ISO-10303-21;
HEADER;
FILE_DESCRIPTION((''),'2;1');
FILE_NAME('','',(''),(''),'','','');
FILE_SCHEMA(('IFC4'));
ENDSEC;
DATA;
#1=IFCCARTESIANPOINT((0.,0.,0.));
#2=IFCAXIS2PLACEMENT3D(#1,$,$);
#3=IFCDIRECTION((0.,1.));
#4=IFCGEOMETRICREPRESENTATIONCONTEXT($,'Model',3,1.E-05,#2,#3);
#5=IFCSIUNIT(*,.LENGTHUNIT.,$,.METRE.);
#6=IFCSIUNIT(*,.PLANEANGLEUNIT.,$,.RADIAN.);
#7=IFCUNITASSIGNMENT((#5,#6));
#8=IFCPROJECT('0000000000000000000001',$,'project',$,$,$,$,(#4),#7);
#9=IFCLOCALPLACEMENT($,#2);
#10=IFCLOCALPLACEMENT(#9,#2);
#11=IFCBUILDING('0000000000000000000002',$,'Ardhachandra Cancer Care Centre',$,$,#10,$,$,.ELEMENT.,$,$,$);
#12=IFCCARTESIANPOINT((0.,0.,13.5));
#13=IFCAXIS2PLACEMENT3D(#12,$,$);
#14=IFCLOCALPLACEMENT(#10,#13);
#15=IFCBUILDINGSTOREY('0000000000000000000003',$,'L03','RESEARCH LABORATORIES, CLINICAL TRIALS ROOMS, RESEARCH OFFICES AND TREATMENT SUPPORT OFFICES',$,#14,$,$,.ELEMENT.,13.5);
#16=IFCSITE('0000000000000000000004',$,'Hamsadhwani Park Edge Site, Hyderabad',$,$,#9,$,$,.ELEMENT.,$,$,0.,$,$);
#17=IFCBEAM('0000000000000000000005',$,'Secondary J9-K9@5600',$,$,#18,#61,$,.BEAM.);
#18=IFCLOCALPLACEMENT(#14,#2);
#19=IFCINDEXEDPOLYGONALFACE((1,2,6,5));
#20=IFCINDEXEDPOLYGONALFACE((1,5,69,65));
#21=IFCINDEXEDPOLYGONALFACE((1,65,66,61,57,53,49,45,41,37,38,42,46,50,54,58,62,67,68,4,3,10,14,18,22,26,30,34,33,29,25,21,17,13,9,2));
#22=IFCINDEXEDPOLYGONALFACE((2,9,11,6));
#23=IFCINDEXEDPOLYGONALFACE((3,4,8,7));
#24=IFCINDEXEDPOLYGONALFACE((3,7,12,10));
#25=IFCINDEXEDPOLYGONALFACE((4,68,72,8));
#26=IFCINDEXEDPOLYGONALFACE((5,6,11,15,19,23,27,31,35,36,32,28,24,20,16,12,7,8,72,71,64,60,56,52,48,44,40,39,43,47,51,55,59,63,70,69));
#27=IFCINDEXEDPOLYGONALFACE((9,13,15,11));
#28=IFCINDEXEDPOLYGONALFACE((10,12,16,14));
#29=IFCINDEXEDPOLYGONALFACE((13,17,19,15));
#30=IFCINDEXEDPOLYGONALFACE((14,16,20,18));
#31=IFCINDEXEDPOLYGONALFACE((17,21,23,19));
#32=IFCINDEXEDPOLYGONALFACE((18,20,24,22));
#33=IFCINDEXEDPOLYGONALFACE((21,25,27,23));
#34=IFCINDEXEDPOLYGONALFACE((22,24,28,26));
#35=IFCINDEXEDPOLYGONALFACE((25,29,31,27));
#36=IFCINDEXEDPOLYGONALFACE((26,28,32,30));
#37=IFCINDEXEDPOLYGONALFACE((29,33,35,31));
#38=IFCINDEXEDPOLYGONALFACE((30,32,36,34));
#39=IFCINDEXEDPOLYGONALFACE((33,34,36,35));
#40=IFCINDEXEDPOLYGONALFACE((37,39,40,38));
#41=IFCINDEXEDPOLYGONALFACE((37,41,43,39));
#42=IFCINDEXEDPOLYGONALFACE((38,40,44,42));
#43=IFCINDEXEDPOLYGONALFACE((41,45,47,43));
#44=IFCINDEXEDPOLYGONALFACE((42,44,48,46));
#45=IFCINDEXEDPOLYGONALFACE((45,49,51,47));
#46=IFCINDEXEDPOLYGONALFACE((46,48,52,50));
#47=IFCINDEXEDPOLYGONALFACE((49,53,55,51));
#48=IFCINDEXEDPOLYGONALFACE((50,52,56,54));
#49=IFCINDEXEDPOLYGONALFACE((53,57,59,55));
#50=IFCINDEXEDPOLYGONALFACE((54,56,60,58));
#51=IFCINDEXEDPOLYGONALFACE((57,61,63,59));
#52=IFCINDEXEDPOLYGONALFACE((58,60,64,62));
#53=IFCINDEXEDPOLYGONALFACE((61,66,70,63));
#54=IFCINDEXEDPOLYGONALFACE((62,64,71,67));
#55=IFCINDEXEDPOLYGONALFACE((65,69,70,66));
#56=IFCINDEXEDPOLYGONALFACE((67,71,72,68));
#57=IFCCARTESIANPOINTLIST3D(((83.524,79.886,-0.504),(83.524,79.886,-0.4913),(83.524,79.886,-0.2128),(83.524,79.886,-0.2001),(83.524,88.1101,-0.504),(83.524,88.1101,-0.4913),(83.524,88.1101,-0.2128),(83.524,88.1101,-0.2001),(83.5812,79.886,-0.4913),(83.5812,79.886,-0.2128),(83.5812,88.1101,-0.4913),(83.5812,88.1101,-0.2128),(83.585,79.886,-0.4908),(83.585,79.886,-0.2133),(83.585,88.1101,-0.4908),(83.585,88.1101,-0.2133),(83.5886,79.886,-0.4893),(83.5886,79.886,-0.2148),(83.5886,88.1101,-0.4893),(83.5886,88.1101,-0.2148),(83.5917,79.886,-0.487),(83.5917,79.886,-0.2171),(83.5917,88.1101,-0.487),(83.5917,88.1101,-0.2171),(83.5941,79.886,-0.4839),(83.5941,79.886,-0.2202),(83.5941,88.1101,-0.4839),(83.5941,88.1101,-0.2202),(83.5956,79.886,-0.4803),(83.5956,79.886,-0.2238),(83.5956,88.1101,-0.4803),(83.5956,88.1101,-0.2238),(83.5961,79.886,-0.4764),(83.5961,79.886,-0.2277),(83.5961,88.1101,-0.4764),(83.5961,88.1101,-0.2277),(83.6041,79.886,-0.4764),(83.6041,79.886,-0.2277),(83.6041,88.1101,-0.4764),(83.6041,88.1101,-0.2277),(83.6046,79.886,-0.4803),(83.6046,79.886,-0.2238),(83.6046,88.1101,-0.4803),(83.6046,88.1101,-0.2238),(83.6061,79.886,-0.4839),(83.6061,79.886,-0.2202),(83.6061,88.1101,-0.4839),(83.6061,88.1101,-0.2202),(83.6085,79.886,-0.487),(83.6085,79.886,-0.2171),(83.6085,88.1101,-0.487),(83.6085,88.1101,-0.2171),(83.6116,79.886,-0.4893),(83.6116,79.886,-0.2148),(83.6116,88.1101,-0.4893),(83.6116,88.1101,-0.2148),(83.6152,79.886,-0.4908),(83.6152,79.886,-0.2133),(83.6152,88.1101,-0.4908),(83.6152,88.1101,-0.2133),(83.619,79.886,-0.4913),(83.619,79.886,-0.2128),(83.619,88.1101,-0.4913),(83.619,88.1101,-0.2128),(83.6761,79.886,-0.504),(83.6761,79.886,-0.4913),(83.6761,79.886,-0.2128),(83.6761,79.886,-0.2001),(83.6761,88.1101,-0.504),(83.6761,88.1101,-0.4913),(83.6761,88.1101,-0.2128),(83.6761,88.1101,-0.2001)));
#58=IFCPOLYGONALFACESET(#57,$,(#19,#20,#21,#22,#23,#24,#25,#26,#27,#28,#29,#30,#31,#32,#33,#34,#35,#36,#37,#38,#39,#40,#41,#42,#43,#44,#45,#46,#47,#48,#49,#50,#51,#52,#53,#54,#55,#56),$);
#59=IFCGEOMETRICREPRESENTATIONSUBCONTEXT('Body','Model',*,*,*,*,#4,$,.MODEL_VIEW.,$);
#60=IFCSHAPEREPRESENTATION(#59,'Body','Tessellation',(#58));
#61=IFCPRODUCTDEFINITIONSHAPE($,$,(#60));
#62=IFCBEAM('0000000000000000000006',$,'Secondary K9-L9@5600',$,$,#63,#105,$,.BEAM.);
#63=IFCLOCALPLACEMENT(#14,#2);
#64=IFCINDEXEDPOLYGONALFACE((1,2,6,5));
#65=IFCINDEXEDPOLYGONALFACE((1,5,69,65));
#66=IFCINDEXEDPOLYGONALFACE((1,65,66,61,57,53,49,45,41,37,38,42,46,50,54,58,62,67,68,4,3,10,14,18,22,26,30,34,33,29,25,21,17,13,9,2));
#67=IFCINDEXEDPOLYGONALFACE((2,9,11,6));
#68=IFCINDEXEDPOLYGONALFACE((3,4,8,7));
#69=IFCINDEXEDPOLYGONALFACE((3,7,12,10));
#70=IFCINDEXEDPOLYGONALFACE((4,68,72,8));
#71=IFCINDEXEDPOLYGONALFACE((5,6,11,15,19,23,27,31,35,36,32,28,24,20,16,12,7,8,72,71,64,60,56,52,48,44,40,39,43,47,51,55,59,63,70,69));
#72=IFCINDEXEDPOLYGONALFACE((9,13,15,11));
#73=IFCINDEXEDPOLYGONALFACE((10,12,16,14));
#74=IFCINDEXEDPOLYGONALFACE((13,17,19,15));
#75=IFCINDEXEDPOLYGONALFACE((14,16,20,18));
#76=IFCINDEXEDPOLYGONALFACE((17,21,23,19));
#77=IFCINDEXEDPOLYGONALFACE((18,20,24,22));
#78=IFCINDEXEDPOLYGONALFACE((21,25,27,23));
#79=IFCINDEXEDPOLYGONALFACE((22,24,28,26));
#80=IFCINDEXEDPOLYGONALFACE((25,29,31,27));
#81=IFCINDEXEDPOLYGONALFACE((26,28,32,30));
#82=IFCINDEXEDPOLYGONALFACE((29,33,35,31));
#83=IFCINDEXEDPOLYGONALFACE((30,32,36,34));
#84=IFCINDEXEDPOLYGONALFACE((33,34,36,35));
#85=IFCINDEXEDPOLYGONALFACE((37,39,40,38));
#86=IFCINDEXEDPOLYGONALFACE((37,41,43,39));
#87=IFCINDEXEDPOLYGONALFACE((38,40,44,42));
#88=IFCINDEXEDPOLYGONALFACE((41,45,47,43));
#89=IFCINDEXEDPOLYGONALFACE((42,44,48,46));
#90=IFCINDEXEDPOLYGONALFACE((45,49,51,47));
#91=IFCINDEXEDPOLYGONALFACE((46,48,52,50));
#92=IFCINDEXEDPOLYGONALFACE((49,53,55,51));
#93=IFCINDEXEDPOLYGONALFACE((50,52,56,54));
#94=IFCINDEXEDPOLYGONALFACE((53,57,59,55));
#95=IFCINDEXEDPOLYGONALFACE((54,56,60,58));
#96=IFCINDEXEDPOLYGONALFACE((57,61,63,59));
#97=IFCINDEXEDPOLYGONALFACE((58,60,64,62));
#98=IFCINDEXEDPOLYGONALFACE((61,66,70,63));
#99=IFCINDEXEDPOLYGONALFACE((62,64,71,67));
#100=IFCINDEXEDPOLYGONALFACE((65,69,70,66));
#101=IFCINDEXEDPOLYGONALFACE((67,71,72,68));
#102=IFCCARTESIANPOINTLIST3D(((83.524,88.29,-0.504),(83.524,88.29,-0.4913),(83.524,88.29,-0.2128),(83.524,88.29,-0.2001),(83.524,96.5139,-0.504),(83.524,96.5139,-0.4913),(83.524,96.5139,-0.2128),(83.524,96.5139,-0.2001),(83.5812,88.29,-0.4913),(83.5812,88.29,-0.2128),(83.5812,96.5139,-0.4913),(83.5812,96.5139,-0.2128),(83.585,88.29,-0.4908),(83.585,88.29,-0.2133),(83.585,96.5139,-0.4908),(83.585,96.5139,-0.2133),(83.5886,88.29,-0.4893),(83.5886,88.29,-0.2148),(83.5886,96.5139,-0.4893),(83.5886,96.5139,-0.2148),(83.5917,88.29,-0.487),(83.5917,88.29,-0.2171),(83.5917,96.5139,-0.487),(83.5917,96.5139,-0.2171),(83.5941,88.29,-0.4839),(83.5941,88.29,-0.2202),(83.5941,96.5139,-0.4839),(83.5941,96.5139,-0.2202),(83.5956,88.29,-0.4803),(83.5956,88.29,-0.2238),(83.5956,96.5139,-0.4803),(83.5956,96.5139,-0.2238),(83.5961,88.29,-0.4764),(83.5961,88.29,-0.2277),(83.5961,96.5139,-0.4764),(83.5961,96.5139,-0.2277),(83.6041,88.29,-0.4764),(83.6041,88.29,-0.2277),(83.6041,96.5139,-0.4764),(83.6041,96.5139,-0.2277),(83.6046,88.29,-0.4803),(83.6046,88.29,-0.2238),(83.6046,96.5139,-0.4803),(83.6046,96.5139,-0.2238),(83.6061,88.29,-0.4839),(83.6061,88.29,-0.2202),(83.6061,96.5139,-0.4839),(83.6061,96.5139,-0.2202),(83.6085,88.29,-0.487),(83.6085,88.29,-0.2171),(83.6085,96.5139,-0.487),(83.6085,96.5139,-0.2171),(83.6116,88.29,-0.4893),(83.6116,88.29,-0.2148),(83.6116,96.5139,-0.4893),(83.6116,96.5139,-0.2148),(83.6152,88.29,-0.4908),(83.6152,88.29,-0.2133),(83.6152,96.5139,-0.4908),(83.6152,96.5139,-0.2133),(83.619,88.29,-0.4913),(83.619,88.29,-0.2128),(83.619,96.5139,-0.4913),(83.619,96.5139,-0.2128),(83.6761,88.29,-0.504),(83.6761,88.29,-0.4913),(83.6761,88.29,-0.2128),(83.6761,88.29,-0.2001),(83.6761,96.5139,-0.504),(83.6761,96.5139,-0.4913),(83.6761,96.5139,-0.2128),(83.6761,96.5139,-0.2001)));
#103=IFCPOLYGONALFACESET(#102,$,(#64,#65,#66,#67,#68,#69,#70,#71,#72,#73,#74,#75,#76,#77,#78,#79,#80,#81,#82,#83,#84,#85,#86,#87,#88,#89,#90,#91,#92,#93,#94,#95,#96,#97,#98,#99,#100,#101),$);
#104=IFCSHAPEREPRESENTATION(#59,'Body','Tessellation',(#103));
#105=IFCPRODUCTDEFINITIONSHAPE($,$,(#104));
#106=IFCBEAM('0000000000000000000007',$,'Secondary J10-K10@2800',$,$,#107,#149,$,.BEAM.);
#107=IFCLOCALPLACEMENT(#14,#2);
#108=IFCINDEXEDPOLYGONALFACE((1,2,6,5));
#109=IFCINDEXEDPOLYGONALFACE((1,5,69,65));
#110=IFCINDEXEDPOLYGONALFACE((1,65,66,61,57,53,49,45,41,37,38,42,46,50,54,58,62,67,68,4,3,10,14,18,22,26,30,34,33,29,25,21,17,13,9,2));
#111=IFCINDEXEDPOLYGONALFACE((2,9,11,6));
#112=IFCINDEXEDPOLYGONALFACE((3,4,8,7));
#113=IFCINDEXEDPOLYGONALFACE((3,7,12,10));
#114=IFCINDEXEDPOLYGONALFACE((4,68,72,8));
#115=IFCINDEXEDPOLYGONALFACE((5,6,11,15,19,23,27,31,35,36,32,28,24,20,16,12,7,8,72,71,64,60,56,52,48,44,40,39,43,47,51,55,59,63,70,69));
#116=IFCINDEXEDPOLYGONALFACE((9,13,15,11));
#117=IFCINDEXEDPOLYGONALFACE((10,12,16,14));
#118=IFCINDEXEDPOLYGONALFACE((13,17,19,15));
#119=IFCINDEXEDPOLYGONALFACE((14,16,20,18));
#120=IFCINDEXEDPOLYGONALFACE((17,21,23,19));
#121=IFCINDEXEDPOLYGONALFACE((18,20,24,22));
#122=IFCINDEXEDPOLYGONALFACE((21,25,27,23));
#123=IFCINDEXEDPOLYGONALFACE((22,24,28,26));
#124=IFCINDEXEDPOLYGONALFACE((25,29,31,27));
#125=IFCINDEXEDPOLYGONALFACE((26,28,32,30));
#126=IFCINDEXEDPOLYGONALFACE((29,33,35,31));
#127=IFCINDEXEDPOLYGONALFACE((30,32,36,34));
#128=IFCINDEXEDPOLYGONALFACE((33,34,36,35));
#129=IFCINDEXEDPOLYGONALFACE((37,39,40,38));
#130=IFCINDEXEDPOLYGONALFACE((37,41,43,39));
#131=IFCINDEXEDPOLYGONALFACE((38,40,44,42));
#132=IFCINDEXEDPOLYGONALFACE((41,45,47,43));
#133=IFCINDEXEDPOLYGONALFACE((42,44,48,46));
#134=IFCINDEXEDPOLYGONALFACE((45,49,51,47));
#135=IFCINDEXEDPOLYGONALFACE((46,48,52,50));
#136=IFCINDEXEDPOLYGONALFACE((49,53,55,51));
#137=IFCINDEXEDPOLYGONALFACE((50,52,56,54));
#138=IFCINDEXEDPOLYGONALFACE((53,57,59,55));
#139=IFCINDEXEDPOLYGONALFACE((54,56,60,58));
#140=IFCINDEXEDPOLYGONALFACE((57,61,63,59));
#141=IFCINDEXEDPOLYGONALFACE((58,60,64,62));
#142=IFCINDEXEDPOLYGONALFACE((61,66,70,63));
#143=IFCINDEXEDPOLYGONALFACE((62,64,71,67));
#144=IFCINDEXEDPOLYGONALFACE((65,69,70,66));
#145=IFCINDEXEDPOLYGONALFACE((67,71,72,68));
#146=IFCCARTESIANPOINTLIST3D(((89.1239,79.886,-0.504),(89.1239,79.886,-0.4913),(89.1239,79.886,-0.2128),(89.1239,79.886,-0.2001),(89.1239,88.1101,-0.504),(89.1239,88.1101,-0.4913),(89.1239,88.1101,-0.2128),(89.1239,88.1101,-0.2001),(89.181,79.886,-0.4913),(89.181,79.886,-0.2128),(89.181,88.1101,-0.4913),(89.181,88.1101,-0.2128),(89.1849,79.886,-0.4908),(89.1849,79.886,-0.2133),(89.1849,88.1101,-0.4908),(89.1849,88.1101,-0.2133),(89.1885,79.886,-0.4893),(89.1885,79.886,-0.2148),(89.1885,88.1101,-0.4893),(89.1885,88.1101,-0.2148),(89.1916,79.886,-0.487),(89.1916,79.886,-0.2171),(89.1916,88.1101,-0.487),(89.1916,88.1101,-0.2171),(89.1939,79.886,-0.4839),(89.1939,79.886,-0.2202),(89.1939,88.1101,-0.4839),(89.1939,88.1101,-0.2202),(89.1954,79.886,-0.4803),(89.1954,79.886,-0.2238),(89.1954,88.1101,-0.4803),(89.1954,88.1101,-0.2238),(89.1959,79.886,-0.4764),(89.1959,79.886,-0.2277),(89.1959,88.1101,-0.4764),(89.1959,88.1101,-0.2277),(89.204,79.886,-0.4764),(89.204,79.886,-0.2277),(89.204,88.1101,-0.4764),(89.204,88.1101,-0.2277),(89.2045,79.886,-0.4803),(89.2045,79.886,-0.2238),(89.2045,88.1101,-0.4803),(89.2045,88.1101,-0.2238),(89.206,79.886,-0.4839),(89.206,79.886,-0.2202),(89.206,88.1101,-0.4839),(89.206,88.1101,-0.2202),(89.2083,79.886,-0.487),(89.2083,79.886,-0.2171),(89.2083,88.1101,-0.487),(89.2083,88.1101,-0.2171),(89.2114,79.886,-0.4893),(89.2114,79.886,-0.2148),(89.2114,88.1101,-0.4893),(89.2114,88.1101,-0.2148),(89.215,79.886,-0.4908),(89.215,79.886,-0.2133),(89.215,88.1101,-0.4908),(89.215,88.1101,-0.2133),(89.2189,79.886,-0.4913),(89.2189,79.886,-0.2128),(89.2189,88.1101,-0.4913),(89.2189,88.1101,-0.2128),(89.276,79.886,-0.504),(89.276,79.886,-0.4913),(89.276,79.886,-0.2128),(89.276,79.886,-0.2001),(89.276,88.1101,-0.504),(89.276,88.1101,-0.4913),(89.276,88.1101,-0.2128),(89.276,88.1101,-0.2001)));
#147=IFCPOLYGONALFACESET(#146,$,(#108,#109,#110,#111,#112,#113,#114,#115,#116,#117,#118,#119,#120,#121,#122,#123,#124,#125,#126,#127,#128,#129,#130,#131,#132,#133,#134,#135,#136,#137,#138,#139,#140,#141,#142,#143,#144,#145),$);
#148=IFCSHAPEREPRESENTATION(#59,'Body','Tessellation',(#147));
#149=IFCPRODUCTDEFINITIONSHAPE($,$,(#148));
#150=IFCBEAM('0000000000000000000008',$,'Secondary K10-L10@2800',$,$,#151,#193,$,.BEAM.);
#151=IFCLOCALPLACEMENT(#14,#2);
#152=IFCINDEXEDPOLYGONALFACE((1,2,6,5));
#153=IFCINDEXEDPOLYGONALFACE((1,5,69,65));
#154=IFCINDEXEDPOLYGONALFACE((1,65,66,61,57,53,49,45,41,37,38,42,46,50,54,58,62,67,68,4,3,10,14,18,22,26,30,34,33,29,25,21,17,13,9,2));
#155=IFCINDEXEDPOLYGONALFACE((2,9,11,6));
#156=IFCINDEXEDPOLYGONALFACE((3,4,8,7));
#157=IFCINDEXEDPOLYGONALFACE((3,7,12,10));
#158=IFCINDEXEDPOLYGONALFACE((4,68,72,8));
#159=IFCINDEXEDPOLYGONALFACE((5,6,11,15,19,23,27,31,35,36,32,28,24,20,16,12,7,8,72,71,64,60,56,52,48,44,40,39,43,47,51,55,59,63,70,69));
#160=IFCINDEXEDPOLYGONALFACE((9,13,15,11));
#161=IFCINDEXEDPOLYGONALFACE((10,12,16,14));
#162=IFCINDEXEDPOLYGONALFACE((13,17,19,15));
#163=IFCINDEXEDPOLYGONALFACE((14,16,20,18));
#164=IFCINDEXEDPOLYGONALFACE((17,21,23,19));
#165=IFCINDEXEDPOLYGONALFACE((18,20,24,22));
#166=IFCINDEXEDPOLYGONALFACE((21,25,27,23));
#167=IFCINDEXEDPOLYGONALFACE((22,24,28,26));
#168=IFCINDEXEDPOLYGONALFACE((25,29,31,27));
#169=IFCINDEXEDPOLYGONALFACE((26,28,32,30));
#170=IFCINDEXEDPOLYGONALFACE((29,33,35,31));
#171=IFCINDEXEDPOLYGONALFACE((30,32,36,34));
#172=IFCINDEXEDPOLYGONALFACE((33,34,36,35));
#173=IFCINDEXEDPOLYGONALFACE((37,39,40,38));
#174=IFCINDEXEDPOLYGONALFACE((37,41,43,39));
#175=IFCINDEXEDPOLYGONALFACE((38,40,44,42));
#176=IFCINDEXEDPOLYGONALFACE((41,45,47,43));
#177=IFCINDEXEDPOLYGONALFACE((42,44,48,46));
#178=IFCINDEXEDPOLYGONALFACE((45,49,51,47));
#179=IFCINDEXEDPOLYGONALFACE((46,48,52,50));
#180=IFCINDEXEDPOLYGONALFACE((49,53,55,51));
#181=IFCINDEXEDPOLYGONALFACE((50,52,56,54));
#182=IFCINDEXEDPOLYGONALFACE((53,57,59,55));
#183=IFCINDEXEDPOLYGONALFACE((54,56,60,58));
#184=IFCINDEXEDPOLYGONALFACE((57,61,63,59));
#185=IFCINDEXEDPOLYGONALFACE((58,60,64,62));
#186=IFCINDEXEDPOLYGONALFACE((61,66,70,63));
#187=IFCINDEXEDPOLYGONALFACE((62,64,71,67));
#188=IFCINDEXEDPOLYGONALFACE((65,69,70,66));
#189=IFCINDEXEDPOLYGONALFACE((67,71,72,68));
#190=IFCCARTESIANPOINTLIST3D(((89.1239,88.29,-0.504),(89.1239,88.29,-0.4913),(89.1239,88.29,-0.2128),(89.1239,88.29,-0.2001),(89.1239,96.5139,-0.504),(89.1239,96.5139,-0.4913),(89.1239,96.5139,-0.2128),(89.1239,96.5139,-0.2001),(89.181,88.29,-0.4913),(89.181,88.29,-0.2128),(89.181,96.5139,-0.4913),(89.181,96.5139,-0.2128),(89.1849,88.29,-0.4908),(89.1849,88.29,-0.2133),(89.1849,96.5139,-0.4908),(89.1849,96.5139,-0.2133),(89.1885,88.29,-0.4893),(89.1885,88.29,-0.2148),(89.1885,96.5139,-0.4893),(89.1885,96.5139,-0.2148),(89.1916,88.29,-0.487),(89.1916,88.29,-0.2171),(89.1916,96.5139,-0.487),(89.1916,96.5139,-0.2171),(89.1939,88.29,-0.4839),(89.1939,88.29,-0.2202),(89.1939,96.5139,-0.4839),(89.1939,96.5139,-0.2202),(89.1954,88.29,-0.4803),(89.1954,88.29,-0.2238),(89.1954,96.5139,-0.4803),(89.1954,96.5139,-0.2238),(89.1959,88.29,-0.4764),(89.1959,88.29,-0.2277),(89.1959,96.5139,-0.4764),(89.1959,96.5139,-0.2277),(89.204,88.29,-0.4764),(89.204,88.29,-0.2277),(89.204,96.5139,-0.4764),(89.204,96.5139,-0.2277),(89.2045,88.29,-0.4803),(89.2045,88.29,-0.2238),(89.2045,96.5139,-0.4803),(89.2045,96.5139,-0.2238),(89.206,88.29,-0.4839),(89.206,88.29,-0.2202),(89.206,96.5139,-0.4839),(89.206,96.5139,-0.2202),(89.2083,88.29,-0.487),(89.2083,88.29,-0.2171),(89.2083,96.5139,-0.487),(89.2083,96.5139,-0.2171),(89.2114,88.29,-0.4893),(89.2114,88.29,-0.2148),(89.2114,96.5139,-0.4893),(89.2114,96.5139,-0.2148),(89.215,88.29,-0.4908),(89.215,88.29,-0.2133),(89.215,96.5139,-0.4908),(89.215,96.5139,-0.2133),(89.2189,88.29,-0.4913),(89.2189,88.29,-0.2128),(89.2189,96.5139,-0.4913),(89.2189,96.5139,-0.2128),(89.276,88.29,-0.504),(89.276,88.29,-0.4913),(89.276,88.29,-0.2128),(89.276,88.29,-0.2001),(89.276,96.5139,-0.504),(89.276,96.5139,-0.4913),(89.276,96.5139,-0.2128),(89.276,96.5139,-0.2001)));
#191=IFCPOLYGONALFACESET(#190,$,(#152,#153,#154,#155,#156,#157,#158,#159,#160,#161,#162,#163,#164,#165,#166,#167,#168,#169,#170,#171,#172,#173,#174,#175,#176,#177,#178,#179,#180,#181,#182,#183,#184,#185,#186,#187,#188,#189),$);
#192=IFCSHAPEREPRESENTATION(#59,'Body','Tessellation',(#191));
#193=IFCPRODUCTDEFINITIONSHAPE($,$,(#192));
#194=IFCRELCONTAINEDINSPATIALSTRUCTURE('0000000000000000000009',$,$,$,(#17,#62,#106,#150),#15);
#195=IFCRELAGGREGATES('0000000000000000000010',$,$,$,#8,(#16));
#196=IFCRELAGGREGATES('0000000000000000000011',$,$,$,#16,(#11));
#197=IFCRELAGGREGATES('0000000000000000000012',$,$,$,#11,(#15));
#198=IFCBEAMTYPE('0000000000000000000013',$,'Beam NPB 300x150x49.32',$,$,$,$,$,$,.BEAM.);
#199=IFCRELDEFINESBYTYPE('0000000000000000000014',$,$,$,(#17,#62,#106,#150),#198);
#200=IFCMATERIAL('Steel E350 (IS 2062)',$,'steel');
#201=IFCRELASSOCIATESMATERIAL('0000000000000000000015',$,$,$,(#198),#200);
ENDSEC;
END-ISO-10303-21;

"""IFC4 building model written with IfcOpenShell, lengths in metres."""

from ifc_helpers import new_model, si_unit, direction, frame, origin, origin_2d, place, context, subcontext, project, spatial, i_section, extrude, material, material_profile, profile_set, type_object, element, save


model = new_model("IFC4")

# Units and contexts
model_context = context("Model", 3, precision=1e-05, world=origin(), true_north=direction((0.0, 1.0)))
body_context = subcontext(model_context, "Body", "Model", "MODEL_VIEW")
ifc_project = project(units=[si_unit("LENGTHUNIT", "METRE"), si_unit("PLANEANGLEUNIT", "RADIAN")], contexts=[model_context])

# Site, building, storey
site_placement = place(None, origin())
site = spatial("IfcSite", under=ifc_project, at=site_placement, Name="Hamsadhwani Park Edge Site, Hyderabad", CompositionType="ELEMENT", RefElevation=0.0)
building_placement = place(site_placement, origin())
building = spatial("IfcBuilding", under=site, at=building_placement, Name="Ardhachandra Cancer Care Centre", CompositionType="ELEMENT")
storey_placement = place(building_placement, frame((0.0, 0.0, 13.5)))
storey = spatial("IfcBuildingStorey", under=building, at=storey_placement, Name="L03", Description="RESEARCH LABORATORIES, CLINICAL TRIALS ROOMS, RESEARCH OFFICES AND TREATMENT SUPPORT OFFICES", CompositionType="ELEMENT", Elevation=13.5)

# Beams
ifc_material_1 = material(Name="Steel E350 (IS 2062)", Category="steel")
ifc_material_profile_1 = material_profile(ifc_material_1, i_section(OverallWidth=0.1521, OverallDepth=0.304, WebThickness=0.0081, FlangeThickness=0.0127, FilletRadius=0.0149, at=origin_2d()), Name="NPB 300x150x49.32")
ifc_profile_set_1 = profile_set([ifc_material_profile_1], Name="Steel E350 (IS 2062)")
beam_type_1 = type_object("IfcBeamType", Name="Beam NPB 300x150x49.32", PredefinedType="BEAM", material=ifc_profile_set_1)
beam_1_placement = place(storey_placement, frame((83.6001, 79.886, -0.3521), z_axis=(0.0, 1.0, 0.0), x_axis=(-1.0, 0.0, 0.0)))
element("IfcBeam", 1, at=beam_1_placement, inside=storey, type_object=beam_type_1, Name="Secondary J9-K9@5600", PredefinedType="BEAM", context=body_context, shape_type="SweptSolid", body=[
    extrude(i_section(OverallWidth=0.1521, OverallDepth=0.304, WebThickness=0.0081, FlangeThickness=0.0127, FilletRadius=0.0149, at=origin_2d()), origin(), (0.0, 0.0, 1.0), 8.2241),
])
beam_2_placement = place(storey_placement, frame((83.6001, 88.29, -0.3521), z_axis=(0.0, 1.0, 0.0), x_axis=(-1.0, 0.0, 0.0)))
element("IfcBeam", 2, at=beam_2_placement, inside=storey, type_object=beam_type_1, Name="Secondary K9-L9@5600", PredefinedType="BEAM", context=body_context, shape_type="SweptSolid", body=[
    extrude(i_section(OverallWidth=0.1521, OverallDepth=0.304, WebThickness=0.0081, FlangeThickness=0.0127, FilletRadius=0.0149, at=origin_2d()), origin(), (0.0, 0.0, 1.0), 8.2239),
])
beam_3_placement = place(storey_placement, frame((89.2, 79.886, -0.3521), z_axis=(0.0, 1.0, 0.0), x_axis=(-1.0, 0.0, 0.0)))
element("IfcBeam", 3, at=beam_3_placement, inside=storey, type_object=beam_type_1, Name="Secondary J10-K10@2800", PredefinedType="BEAM", context=body_context, shape_type="SweptSolid", body=[
    extrude(i_section(OverallWidth=0.1521, OverallDepth=0.304, WebThickness=0.0081, FlangeThickness=0.0127, FilletRadius=0.0149, at=origin_2d()), origin(), (0.0, 0.0, 1.0), 8.2241),
])
beam_4_placement = place(storey_placement, frame((89.2, 88.29, -0.3521), z_axis=(0.0, 1.0, 0.0), x_axis=(-1.0, 0.0, 0.0)))
element("IfcBeam", 4, at=beam_4_placement, inside=storey, type_object=beam_type_1, Name="Secondary K10-L10@2800", PredefinedType="BEAM", context=body_context, shape_type="SweptSolid", body=[
    extrude(i_section(OverallWidth=0.1521, OverallDepth=0.304, WebThickness=0.0081, FlangeThickness=0.0127, FilletRadius=0.0149, at=origin_2d()), origin(), (0.0, 0.0, 1.0), 8.2239),
])

save(model, "model.ifc")
